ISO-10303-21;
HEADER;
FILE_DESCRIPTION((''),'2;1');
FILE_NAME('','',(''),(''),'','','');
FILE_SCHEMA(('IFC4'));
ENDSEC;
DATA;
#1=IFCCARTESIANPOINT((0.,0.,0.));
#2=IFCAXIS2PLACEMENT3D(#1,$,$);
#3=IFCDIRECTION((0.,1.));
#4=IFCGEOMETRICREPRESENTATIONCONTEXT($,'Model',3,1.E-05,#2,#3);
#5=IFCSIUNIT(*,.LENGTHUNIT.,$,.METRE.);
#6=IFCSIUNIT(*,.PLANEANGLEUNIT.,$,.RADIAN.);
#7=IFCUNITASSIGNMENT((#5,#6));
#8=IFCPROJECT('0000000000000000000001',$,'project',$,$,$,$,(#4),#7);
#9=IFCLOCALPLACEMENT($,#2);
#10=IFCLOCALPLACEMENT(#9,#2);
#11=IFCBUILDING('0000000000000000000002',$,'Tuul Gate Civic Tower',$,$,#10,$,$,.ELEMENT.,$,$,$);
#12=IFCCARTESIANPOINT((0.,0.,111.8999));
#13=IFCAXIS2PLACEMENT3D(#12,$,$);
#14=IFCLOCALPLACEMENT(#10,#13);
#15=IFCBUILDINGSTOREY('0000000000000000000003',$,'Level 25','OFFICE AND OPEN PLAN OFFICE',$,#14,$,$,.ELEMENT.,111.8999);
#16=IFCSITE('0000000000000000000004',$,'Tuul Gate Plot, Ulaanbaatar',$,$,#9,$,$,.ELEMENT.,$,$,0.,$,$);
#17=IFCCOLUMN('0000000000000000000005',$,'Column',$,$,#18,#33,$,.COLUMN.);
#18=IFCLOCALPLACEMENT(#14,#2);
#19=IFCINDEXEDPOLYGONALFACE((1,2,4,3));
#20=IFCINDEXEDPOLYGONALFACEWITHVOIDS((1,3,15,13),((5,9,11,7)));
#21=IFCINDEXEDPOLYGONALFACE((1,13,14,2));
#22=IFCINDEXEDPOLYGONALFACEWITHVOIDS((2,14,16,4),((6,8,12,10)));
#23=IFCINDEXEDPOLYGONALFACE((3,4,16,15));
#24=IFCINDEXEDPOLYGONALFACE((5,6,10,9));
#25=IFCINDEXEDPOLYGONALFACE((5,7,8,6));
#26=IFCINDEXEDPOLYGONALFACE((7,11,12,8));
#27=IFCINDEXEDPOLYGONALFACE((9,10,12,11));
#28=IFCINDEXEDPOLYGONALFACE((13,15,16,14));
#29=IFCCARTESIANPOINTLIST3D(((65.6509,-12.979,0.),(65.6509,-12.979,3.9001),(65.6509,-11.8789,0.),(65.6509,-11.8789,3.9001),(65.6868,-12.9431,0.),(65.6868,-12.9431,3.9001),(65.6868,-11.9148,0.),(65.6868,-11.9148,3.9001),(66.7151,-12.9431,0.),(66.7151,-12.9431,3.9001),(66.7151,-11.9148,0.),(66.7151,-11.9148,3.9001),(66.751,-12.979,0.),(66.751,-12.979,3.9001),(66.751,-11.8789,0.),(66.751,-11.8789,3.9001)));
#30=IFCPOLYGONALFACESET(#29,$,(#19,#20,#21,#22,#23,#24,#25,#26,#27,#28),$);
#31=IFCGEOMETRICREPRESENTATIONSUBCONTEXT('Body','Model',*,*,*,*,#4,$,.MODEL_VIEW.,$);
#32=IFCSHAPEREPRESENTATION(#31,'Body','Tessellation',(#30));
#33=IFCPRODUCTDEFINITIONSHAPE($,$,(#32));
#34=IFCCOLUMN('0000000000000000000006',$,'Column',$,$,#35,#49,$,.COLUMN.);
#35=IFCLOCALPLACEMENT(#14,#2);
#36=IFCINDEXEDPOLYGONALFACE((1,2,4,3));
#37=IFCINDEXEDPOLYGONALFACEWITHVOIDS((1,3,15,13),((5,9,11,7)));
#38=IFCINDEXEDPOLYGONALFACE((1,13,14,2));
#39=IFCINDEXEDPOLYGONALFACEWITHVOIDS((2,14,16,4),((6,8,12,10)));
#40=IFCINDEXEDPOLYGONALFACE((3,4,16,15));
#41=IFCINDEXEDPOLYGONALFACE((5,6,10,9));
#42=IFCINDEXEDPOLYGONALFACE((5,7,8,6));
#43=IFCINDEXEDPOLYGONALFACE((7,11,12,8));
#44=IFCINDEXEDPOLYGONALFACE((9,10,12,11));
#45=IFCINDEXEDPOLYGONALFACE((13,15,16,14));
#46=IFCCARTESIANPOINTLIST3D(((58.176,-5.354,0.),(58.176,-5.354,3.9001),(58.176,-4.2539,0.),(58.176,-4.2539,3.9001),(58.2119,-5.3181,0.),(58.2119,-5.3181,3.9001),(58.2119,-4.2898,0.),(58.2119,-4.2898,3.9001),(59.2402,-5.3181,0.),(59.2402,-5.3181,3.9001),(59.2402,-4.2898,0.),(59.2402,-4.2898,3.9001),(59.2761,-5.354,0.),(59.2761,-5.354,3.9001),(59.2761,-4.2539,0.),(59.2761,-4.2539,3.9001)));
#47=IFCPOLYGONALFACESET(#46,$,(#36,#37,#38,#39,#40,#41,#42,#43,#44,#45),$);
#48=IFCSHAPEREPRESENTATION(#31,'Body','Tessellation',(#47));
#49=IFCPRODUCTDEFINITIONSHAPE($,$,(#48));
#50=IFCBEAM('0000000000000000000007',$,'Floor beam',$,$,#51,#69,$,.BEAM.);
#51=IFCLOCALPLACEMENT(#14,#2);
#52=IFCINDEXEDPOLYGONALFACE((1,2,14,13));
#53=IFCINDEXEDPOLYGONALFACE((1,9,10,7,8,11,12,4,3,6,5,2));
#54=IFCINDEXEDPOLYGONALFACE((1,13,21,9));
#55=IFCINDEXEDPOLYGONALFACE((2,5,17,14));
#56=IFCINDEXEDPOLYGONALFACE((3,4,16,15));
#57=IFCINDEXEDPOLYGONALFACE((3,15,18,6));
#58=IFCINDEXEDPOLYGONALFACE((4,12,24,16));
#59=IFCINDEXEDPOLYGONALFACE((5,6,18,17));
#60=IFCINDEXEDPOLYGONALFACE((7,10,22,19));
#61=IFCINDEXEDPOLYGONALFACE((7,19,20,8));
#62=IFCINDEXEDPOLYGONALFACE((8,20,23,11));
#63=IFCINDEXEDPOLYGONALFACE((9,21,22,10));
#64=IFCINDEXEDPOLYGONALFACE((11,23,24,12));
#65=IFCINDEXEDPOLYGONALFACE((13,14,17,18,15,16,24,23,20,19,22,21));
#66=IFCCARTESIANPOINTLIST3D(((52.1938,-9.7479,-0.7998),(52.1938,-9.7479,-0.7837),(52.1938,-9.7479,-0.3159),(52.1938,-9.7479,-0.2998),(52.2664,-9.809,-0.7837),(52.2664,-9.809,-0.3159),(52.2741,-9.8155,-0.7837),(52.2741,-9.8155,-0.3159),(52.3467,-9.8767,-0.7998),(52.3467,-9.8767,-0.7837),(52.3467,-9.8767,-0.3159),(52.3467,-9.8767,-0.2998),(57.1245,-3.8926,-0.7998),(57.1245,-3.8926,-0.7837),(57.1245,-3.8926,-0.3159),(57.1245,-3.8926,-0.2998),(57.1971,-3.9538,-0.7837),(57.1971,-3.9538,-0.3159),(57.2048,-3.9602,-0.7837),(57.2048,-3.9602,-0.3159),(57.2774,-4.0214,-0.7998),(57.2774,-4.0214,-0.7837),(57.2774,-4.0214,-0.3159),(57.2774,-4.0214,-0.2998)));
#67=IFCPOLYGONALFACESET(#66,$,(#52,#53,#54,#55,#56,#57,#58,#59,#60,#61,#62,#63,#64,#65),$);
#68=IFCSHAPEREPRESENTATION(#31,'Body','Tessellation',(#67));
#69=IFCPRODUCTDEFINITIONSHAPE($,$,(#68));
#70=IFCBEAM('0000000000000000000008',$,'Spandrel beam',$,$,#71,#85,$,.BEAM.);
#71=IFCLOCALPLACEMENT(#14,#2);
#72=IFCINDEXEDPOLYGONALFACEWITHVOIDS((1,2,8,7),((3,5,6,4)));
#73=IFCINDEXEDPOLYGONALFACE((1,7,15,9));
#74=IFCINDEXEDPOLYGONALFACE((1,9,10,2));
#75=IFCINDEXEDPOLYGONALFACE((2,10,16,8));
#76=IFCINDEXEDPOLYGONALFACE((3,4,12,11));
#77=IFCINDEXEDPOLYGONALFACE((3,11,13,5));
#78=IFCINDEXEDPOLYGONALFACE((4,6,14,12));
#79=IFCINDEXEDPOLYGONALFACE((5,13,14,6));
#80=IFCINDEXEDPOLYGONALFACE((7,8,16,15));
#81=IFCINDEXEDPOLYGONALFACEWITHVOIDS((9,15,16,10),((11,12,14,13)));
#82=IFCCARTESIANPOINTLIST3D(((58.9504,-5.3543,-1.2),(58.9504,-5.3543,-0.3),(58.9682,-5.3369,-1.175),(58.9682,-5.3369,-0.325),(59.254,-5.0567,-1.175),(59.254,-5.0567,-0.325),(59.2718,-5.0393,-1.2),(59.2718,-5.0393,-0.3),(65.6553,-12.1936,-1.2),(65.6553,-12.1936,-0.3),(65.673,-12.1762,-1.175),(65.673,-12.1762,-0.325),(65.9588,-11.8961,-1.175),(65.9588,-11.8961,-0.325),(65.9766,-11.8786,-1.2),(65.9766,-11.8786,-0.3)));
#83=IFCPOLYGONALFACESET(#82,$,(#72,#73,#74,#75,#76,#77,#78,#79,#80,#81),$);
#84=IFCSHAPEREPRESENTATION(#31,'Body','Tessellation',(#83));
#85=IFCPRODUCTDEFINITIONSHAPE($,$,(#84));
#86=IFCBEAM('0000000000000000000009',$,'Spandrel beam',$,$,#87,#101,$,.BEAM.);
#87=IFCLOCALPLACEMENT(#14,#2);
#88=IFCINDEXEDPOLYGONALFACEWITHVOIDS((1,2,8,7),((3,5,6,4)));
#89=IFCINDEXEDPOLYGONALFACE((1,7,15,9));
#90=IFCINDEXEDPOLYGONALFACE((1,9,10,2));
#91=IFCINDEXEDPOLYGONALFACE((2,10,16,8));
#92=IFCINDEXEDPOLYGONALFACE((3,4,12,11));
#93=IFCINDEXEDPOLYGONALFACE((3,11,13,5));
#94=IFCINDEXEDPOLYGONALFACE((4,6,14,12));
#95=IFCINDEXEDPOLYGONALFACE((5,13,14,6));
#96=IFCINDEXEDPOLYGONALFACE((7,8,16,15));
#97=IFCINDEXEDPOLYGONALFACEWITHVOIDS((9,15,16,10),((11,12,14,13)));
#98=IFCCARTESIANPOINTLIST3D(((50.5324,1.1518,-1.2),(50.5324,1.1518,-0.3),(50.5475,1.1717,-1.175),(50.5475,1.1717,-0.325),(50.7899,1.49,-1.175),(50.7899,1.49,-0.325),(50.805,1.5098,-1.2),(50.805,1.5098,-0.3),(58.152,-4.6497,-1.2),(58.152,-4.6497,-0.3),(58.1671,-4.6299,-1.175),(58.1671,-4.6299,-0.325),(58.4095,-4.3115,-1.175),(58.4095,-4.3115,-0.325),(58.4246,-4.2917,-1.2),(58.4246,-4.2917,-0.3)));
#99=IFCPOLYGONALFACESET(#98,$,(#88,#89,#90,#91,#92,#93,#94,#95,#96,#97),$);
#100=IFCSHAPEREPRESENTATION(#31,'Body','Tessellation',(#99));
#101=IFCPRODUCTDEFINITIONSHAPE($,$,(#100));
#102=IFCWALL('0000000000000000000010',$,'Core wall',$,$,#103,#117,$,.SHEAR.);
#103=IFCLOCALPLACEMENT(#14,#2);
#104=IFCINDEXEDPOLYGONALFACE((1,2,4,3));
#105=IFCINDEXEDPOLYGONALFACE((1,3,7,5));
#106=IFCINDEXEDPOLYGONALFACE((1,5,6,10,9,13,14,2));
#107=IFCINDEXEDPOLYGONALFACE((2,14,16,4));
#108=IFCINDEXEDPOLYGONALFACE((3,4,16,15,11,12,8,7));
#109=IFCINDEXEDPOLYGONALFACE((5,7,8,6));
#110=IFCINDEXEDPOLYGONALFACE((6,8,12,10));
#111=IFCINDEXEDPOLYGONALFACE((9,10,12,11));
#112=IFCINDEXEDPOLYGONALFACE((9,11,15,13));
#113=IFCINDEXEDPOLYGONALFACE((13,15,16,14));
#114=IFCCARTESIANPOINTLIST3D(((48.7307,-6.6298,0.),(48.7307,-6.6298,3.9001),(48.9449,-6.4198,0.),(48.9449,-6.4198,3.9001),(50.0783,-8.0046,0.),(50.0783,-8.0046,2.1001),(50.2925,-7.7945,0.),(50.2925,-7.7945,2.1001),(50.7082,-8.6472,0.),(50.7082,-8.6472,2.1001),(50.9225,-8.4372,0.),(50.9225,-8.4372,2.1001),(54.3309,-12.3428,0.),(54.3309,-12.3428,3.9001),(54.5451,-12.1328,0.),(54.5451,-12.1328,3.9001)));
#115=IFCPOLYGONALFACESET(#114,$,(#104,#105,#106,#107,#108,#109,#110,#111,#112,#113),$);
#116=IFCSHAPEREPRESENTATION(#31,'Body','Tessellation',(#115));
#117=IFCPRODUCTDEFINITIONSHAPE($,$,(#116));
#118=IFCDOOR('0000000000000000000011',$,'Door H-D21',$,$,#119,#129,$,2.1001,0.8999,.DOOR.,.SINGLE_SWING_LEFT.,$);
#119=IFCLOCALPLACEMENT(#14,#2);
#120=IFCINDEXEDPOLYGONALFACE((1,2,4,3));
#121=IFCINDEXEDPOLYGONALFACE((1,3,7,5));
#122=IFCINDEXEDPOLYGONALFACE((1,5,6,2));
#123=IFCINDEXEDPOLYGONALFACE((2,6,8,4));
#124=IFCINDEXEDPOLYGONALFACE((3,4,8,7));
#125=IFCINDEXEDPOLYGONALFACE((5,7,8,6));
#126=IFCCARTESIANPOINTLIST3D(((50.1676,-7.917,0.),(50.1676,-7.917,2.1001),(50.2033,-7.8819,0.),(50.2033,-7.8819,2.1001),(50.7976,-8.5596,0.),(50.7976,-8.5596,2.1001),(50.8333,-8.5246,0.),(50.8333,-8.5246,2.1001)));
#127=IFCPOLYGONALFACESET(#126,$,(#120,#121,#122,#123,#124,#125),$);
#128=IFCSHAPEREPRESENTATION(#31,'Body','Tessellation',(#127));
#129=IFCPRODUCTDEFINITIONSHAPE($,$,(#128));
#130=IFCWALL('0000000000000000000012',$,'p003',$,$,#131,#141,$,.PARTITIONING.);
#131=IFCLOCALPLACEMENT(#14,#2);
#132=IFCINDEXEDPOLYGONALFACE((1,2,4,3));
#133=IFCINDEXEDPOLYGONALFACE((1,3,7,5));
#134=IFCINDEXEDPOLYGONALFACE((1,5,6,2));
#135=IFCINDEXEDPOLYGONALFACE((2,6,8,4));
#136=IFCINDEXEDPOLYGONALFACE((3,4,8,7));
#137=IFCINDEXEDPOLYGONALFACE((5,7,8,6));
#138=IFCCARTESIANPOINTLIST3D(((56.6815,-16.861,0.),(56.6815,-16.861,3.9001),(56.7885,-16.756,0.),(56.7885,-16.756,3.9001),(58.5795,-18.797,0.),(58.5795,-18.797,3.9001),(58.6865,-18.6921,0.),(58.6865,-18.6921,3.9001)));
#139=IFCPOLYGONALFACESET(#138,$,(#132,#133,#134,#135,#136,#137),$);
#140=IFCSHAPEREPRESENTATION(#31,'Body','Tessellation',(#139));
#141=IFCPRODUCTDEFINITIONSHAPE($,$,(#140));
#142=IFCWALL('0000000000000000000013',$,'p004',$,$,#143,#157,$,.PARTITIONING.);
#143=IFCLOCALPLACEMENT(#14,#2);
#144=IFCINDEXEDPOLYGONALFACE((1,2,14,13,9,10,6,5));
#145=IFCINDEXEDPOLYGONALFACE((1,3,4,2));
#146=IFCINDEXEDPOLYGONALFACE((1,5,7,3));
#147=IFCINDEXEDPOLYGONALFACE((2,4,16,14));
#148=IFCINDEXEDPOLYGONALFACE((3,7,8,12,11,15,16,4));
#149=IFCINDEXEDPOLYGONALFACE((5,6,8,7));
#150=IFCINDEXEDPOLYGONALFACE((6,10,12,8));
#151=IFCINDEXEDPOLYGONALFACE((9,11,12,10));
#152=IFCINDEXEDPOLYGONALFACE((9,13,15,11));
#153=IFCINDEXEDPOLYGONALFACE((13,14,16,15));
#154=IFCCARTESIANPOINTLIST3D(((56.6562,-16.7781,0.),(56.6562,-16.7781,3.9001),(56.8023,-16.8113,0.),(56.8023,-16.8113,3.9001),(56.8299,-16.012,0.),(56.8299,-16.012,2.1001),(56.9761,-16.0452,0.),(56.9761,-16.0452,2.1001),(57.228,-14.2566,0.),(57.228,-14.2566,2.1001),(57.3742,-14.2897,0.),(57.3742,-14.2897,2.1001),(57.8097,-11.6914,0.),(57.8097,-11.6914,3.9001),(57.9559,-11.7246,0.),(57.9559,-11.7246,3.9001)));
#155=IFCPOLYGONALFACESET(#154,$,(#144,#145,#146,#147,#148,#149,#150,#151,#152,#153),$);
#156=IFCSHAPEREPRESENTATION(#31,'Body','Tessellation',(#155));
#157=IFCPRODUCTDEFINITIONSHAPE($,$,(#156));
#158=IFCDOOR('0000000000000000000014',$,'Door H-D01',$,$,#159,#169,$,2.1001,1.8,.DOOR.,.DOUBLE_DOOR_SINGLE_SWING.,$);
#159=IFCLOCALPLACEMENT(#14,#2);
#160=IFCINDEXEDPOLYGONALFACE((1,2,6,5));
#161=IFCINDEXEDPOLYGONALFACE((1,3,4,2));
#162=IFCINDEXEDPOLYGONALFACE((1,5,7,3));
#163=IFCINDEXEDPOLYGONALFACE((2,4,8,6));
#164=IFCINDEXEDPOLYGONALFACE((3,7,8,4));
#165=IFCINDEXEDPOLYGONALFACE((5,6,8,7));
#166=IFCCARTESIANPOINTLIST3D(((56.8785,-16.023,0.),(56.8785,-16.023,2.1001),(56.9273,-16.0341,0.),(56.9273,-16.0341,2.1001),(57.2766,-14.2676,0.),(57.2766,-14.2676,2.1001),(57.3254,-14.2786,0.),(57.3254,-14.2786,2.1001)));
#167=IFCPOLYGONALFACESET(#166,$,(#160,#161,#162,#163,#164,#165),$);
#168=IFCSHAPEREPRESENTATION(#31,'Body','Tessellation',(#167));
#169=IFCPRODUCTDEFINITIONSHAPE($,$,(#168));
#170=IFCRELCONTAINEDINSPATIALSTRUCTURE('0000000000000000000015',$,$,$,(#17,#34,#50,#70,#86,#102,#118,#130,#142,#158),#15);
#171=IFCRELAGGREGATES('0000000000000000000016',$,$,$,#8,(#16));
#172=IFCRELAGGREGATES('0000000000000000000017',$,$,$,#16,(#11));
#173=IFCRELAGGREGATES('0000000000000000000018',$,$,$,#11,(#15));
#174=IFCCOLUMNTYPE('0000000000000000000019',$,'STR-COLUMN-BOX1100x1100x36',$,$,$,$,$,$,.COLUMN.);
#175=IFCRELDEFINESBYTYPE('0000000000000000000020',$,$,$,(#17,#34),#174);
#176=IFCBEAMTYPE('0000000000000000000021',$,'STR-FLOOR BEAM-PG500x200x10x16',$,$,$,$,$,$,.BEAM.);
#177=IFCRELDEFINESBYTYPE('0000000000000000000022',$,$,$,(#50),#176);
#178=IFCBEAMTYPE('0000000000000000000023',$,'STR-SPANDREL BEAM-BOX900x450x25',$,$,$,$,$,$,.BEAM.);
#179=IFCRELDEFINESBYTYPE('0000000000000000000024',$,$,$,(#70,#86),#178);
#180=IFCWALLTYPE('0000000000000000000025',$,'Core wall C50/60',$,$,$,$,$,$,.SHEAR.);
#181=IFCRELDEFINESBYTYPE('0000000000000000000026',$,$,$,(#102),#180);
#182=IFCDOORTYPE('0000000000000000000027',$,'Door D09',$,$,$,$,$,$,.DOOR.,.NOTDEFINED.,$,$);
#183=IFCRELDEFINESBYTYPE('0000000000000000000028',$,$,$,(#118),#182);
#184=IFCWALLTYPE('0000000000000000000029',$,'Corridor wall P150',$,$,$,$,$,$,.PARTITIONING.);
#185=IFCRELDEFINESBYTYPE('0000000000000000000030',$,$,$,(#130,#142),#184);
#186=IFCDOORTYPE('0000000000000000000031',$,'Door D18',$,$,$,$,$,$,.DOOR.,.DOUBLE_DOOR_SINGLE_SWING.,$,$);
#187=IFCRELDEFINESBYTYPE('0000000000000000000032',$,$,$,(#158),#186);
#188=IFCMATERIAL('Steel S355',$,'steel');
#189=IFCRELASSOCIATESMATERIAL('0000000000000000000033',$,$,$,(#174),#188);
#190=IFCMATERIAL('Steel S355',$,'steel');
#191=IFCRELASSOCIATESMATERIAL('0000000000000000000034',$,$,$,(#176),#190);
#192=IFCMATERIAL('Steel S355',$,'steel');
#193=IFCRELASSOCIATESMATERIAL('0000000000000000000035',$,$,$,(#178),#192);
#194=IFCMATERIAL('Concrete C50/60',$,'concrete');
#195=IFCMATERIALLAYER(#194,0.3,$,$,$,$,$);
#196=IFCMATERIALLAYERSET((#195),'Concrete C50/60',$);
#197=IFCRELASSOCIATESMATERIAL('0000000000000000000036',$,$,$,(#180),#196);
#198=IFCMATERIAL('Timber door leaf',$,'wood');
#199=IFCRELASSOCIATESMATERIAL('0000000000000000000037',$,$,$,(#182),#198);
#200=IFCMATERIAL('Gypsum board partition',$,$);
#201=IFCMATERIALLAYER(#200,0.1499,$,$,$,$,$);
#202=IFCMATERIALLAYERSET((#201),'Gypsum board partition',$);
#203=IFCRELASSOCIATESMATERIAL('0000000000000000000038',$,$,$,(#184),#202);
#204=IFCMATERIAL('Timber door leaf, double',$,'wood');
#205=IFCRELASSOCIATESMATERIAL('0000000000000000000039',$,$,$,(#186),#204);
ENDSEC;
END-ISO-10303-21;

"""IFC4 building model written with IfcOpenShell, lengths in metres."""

from ifc_helpers import new_model, si_unit, direction, frame, frame_2d, origin, origin_2d, place, context, subcontext, project, spatial, rectangle, hollow_rectangle, i_section, extrude, material, layer, layer_set, material_profile, profile_set, type_object, element, fill, save


model = new_model("IFC4")

# Units and contexts
model_context = context("Model", 3, precision=1e-05, world=origin(), true_north=direction((0.0, 1.0)))
body_context = subcontext(model_context, "Body", "Model", "MODEL_VIEW")
ifc_project = project(units=[si_unit("LENGTHUNIT", "METRE"), si_unit("PLANEANGLEUNIT", "RADIAN")], contexts=[model_context])

# Site, building, storey
site_placement = place(None, origin())
site = spatial("IfcSite", under=ifc_project, at=site_placement, Name="Tuul Gate Plot, Ulaanbaatar", CompositionType="ELEMENT", RefElevation=0.0)
building_placement = place(site_placement, origin())
building = spatial("IfcBuilding", under=site, at=building_placement, Name="Tuul Gate Civic Tower", CompositionType="ELEMENT")
storey_placement = place(building_placement, frame((0.0, 0.0, 111.8999)))
storey = spatial("IfcBuildingStorey", under=building, at=storey_placement, Name="Level 25", Description="OFFICE AND OPEN PLAN OFFICE", CompositionType="ELEMENT", Elevation=111.8999)

# Columns
ifc_material_1 = material(Name="Steel S355", Category="steel")
ifc_material_profile_1 = material_profile(ifc_material_1, hollow_rectangle(XDim=1.1001, YDim=1.1001, WallThickness=0.0359, at=origin_2d()), Name="BOX1100x1100x36")
ifc_profile_set_1 = profile_set([ifc_material_profile_1], Name="Steel S355")
column_type = type_object("IfcColumnType", Name="STR-COLUMN-BOX1100x1100x36", PredefinedType="COLUMN", material=ifc_profile_set_1)
for number, where, z_axis, x_axis, name in (
    (1, (66.2009, -12.429, 0.0), (0.0, 0.0, 1.0), (1.0, 0.0, 0.0), "Column"),
    (2, (58.7261, -4.804, 0.0), (0.0, 0.0, 1.0), (1.0, 0.0, 0.0), "Column"),
):
    element("IfcColumn", number, at=place(storey_placement, frame(where, z_axis=z_axis, x_axis=x_axis)), inside=storey, type_object=column_type, Name=name, PredefinedType="COLUMN", context=body_context, shape_type="SweptSolid", body=[
        extrude(hollow_rectangle(XDim=1.1001, YDim=1.1001, WallThickness=0.0359, at=origin_2d()), origin(), (0.0, 0.0, 1.0), 3.9001),
    ])

# Beams
ifc_material_2 = material(Name="Steel S355", Category="steel")
ifc_material_profile_2 = material_profile(ifc_material_2, i_section(OverallWidth=0.2, OverallDepth=0.5, WebThickness=0.01, FlangeThickness=0.0161, at=origin_2d()), Name="PG500x200x10x16")
ifc_profile_set_2 = profile_set([ifc_material_profile_2], Name="Steel S355")
beam_type_1 = type_object("IfcBeamType", Name="STR-FLOOR BEAM-PG500x200x10x16", PredefinedType="BEAM", material=ifc_profile_set_2)
beam_1_placement = place(storey_placement, frame((52.2703, -9.8123, -0.5498), z_axis=(0.644132, 0.764915, 0.0), x_axis=(-0.764915, 0.644132, 0.0)))
element("IfcBeam", 3, at=beam_1_placement, inside=storey, type_object=beam_type_1, Name="Floor beam", PredefinedType="BEAM", context=body_context, shape_type="SweptSolid", body=[
    extrude(i_section(OverallWidth=0.2, OverallDepth=0.5, WebThickness=0.01, FlangeThickness=0.0161, at=origin_2d()), origin(), (0.0, 0.0, 1.0), 7.6548),
])
ifc_material_3 = material(Name="Steel S355", Category="steel")
ifc_material_profile_3 = material_profile(ifc_material_3, hollow_rectangle(XDim=0.45, YDim=0.8999, WallThickness=0.0249, at=origin_2d()), Name="BOX900x450x25")
ifc_profile_set_3 = profile_set([ifc_material_profile_3], Name="Steel S355")
beam_type_2 = type_object("IfcBeamType", Name="STR-SPANDREL BEAM-BOX900x450x25", PredefinedType="BEAM", material=ifc_profile_set_3)
beam_2_placement = place(storey_placement, frame((65.8159, -12.0361, -0.75), z_axis=(-0.700049, 0.714095, 0.0), x_axis=(-0.714095, -0.700049, 0.0)))
element("IfcBeam", 4, at=beam_2_placement, inside=storey, type_object=beam_type_2, Name="Spandrel beam", PredefinedType="BEAM", context=body_context, shape_type="SweptSolid", body=[
    extrude(hollow_rectangle(XDim=0.45, YDim=0.8999, WallThickness=0.0249, at=origin_2d()), origin(), (0.0, 0.0, 1.0), 9.5776),
])
beam_3_placement = place(storey_placement, frame((58.2883, -4.4707, -0.75), z_axis=(-0.795629, 0.605784, 0.0), x_axis=(-0.605784, -0.795629, 0.0)))
element("IfcBeam", 5, at=beam_3_placement, inside=storey, type_object=beam_type_2, Name="Spandrel beam", PredefinedType="BEAM", context=body_context, shape_type="SweptSolid", body=[
    extrude(hollow_rectangle(XDim=0.45, YDim=0.8999, WallThickness=0.0249, at=origin_2d()), origin(), (0.0, 0.0, 1.0), 9.5769),
])

# Wall, opening, door
ifc_material_4 = material(Name="Concrete C50/60", Category="concrete")
ifc_layer_1 = layer(ifc_material_4, 0.3)
ifc_layer_set_1 = layer_set([ifc_layer_1], Name="Concrete C50/60")
wall_type_1 = type_object("IfcWallType", Name="Core wall C50/60", PredefinedType="SHEAR", material=ifc_layer_set_1)
wall_1_placement = place(storey_placement, frame((54.438, -12.2378, 0.0), z_axis=(0.0, 0.0, 1.0), x_axis=(-0.700022, 0.714121, 0.0)))
wall_1 = element("IfcWall", 6, at=wall_1_placement, inside=storey, type_object=wall_type_1, Name="Core wall", PredefinedType="SHEAR", context=body_context, shape_type="SweptSolid", body=[
    extrude(rectangle(XDim=8.0, YDim=0.3, at=frame_2d((4.0, 0.0))), origin(), (0.0, 0.0, 1.0), 3.9001),
])
opening_1_placement = place(wall_1_placement, frame((5.175, 0.0, 0.0)))
opening_1 = element("IfcOpeningElement", 7, at=opening_1_placement, cuts=wall_1, PredefinedType="OPENING", context=body_context, shape_type="SweptSolid", body=[
    extrude(rectangle(XDim=0.8999, YDim=2.1001, at=frame_2d((0.45, 1.05))), frame((0.0, 0.1602, 0.0), z_axis=(0.0, -1.0, 0.0), x_axis=(1.0, 0.0, 0.0)), (0.0, 0.0, 1.0), 0.3201),
])
ifc_material_5 = material(Name="Timber door leaf", Category="wood")
door_type_1 = type_object("IfcDoorType", Name="Door D09", OperationType="NOTDEFINED", PredefinedType="DOOR", material=ifc_material_5)
door_1_placement = place(opening_1_placement, origin())
door_1 = element("IfcDoor", 8, at=door_1_placement, inside=storey, type_object=door_type_1, Name="Door H-D21", OperationType="SINGLE_SWING_LEFT", OverallHeight=2.1001, OverallWidth=0.8999, PredefinedType="DOOR", context=body_context, shape_type="SweptSolid", body=[
    extrude(rectangle(XDim=0.8999, YDim=2.1001, at=frame_2d((0.45, 1.05))), frame((0.0, 0.0249, 0.0), z_axis=(0.0, -1.0, 0.0), x_axis=(1.0, 0.0, 0.0)), (0.0, 0.0, 1.0), 0.05),
])
fill(opening_1, door_1)

# Wall
ifc_material_6 = material(Name="Gypsum board partition")
ifc_layer_2 = layer(ifc_material_6, 0.1499)
ifc_layer_set_2 = layer_set([ifc_layer_2], Name="Gypsum board partition")
wall_type_2 = type_object("IfcWallType", Name="Corridor wall P150", PredefinedType="PARTITIONING", material=ifc_layer_set_2)
wall_2_placement = place(storey_placement, frame((56.7351, -16.8086, 0.0), z_axis=(0.0, 0.0, 1.0), x_axis=(0.700048, -0.714096, 0.0)))
element("IfcWall", 9, at=wall_2_placement, inside=storey, type_object=wall_type_2, Name="p003", PredefinedType="PARTITIONING", context=body_context, shape_type="SweptSolid", body=[
    extrude(rectangle(XDim=2.7112, YDim=0.1499, at=frame_2d((1.3555, 0.0))), origin(), (0.0, 0.0, 1.0), 3.9001),
])

# Wall, opening, door
wall_3_placement = place(storey_placement, frame((56.7292, -16.7947, 0.0), z_axis=(0.0, 0.0, 1.0), x_axis=(0.221166, 0.975236, 0.0)))
wall_3 = element("IfcWall", 10, at=wall_3_placement, inside=storey, type_object=wall_type_2, Name="p004", PredefinedType="PARTITIONING", context=body_context, shape_type="SweptSolid", body=[
    extrude(rectangle(XDim=5.2158, YDim=0.1499, at=frame_2d((2.6079, 0.0))), origin(), (0.0, 0.0, 1.0), 3.9001),
])
opening_2_placement = place(wall_3_placement, frame((0.7856, 0.0, 0.0)))
opening_2 = element("IfcOpeningElement", 11, at=opening_2_placement, cuts=wall_3, PredefinedType="OPENING", context=body_context, shape_type="SweptSolid", body=[
    extrude(rectangle(XDim=1.8, YDim=2.1001, at=frame_2d((0.8999, 1.05))), frame((0.0, 0.085, 0.0), z_axis=(0.0, -1.0, 0.0), x_axis=(1.0, 0.0, 0.0)), (0.0, 0.0, 1.0), 0.1699),
])
ifc_material_7 = material(Name="Timber door leaf, double", Category="wood")
door_type_2 = type_object("IfcDoorType", Name="Door D18", OperationType="DOUBLE_DOOR_SINGLE_SWING", PredefinedType="DOOR", material=ifc_material_7)
door_2_placement = place(opening_2_placement, frame((1.8, 0.0, 0.0), z_axis=(0.0, 0.0, 1.0), x_axis=(-1.0, 0.0, 0.0)))
door_2 = element("IfcDoor", 12, at=door_2_placement, inside=storey, type_object=door_type_2, Name="Door H-D01", OperationType="DOUBLE_DOOR_SINGLE_SWING", OverallHeight=2.1001, OverallWidth=1.8, PredefinedType="DOOR", context=body_context, shape_type="SweptSolid", body=[
    extrude(rectangle(XDim=1.8, YDim=2.1001, at=frame_2d((0.9001, 1.05))), frame((0.0, 0.0249, 0.0), z_axis=(0.0, -1.0, 0.0), x_axis=(1.0, 0.0, 0.0)), (0.0, 0.0, 1.0), 0.05),
])
fill(opening_2, door_2)

save(model, "model.ifc")
